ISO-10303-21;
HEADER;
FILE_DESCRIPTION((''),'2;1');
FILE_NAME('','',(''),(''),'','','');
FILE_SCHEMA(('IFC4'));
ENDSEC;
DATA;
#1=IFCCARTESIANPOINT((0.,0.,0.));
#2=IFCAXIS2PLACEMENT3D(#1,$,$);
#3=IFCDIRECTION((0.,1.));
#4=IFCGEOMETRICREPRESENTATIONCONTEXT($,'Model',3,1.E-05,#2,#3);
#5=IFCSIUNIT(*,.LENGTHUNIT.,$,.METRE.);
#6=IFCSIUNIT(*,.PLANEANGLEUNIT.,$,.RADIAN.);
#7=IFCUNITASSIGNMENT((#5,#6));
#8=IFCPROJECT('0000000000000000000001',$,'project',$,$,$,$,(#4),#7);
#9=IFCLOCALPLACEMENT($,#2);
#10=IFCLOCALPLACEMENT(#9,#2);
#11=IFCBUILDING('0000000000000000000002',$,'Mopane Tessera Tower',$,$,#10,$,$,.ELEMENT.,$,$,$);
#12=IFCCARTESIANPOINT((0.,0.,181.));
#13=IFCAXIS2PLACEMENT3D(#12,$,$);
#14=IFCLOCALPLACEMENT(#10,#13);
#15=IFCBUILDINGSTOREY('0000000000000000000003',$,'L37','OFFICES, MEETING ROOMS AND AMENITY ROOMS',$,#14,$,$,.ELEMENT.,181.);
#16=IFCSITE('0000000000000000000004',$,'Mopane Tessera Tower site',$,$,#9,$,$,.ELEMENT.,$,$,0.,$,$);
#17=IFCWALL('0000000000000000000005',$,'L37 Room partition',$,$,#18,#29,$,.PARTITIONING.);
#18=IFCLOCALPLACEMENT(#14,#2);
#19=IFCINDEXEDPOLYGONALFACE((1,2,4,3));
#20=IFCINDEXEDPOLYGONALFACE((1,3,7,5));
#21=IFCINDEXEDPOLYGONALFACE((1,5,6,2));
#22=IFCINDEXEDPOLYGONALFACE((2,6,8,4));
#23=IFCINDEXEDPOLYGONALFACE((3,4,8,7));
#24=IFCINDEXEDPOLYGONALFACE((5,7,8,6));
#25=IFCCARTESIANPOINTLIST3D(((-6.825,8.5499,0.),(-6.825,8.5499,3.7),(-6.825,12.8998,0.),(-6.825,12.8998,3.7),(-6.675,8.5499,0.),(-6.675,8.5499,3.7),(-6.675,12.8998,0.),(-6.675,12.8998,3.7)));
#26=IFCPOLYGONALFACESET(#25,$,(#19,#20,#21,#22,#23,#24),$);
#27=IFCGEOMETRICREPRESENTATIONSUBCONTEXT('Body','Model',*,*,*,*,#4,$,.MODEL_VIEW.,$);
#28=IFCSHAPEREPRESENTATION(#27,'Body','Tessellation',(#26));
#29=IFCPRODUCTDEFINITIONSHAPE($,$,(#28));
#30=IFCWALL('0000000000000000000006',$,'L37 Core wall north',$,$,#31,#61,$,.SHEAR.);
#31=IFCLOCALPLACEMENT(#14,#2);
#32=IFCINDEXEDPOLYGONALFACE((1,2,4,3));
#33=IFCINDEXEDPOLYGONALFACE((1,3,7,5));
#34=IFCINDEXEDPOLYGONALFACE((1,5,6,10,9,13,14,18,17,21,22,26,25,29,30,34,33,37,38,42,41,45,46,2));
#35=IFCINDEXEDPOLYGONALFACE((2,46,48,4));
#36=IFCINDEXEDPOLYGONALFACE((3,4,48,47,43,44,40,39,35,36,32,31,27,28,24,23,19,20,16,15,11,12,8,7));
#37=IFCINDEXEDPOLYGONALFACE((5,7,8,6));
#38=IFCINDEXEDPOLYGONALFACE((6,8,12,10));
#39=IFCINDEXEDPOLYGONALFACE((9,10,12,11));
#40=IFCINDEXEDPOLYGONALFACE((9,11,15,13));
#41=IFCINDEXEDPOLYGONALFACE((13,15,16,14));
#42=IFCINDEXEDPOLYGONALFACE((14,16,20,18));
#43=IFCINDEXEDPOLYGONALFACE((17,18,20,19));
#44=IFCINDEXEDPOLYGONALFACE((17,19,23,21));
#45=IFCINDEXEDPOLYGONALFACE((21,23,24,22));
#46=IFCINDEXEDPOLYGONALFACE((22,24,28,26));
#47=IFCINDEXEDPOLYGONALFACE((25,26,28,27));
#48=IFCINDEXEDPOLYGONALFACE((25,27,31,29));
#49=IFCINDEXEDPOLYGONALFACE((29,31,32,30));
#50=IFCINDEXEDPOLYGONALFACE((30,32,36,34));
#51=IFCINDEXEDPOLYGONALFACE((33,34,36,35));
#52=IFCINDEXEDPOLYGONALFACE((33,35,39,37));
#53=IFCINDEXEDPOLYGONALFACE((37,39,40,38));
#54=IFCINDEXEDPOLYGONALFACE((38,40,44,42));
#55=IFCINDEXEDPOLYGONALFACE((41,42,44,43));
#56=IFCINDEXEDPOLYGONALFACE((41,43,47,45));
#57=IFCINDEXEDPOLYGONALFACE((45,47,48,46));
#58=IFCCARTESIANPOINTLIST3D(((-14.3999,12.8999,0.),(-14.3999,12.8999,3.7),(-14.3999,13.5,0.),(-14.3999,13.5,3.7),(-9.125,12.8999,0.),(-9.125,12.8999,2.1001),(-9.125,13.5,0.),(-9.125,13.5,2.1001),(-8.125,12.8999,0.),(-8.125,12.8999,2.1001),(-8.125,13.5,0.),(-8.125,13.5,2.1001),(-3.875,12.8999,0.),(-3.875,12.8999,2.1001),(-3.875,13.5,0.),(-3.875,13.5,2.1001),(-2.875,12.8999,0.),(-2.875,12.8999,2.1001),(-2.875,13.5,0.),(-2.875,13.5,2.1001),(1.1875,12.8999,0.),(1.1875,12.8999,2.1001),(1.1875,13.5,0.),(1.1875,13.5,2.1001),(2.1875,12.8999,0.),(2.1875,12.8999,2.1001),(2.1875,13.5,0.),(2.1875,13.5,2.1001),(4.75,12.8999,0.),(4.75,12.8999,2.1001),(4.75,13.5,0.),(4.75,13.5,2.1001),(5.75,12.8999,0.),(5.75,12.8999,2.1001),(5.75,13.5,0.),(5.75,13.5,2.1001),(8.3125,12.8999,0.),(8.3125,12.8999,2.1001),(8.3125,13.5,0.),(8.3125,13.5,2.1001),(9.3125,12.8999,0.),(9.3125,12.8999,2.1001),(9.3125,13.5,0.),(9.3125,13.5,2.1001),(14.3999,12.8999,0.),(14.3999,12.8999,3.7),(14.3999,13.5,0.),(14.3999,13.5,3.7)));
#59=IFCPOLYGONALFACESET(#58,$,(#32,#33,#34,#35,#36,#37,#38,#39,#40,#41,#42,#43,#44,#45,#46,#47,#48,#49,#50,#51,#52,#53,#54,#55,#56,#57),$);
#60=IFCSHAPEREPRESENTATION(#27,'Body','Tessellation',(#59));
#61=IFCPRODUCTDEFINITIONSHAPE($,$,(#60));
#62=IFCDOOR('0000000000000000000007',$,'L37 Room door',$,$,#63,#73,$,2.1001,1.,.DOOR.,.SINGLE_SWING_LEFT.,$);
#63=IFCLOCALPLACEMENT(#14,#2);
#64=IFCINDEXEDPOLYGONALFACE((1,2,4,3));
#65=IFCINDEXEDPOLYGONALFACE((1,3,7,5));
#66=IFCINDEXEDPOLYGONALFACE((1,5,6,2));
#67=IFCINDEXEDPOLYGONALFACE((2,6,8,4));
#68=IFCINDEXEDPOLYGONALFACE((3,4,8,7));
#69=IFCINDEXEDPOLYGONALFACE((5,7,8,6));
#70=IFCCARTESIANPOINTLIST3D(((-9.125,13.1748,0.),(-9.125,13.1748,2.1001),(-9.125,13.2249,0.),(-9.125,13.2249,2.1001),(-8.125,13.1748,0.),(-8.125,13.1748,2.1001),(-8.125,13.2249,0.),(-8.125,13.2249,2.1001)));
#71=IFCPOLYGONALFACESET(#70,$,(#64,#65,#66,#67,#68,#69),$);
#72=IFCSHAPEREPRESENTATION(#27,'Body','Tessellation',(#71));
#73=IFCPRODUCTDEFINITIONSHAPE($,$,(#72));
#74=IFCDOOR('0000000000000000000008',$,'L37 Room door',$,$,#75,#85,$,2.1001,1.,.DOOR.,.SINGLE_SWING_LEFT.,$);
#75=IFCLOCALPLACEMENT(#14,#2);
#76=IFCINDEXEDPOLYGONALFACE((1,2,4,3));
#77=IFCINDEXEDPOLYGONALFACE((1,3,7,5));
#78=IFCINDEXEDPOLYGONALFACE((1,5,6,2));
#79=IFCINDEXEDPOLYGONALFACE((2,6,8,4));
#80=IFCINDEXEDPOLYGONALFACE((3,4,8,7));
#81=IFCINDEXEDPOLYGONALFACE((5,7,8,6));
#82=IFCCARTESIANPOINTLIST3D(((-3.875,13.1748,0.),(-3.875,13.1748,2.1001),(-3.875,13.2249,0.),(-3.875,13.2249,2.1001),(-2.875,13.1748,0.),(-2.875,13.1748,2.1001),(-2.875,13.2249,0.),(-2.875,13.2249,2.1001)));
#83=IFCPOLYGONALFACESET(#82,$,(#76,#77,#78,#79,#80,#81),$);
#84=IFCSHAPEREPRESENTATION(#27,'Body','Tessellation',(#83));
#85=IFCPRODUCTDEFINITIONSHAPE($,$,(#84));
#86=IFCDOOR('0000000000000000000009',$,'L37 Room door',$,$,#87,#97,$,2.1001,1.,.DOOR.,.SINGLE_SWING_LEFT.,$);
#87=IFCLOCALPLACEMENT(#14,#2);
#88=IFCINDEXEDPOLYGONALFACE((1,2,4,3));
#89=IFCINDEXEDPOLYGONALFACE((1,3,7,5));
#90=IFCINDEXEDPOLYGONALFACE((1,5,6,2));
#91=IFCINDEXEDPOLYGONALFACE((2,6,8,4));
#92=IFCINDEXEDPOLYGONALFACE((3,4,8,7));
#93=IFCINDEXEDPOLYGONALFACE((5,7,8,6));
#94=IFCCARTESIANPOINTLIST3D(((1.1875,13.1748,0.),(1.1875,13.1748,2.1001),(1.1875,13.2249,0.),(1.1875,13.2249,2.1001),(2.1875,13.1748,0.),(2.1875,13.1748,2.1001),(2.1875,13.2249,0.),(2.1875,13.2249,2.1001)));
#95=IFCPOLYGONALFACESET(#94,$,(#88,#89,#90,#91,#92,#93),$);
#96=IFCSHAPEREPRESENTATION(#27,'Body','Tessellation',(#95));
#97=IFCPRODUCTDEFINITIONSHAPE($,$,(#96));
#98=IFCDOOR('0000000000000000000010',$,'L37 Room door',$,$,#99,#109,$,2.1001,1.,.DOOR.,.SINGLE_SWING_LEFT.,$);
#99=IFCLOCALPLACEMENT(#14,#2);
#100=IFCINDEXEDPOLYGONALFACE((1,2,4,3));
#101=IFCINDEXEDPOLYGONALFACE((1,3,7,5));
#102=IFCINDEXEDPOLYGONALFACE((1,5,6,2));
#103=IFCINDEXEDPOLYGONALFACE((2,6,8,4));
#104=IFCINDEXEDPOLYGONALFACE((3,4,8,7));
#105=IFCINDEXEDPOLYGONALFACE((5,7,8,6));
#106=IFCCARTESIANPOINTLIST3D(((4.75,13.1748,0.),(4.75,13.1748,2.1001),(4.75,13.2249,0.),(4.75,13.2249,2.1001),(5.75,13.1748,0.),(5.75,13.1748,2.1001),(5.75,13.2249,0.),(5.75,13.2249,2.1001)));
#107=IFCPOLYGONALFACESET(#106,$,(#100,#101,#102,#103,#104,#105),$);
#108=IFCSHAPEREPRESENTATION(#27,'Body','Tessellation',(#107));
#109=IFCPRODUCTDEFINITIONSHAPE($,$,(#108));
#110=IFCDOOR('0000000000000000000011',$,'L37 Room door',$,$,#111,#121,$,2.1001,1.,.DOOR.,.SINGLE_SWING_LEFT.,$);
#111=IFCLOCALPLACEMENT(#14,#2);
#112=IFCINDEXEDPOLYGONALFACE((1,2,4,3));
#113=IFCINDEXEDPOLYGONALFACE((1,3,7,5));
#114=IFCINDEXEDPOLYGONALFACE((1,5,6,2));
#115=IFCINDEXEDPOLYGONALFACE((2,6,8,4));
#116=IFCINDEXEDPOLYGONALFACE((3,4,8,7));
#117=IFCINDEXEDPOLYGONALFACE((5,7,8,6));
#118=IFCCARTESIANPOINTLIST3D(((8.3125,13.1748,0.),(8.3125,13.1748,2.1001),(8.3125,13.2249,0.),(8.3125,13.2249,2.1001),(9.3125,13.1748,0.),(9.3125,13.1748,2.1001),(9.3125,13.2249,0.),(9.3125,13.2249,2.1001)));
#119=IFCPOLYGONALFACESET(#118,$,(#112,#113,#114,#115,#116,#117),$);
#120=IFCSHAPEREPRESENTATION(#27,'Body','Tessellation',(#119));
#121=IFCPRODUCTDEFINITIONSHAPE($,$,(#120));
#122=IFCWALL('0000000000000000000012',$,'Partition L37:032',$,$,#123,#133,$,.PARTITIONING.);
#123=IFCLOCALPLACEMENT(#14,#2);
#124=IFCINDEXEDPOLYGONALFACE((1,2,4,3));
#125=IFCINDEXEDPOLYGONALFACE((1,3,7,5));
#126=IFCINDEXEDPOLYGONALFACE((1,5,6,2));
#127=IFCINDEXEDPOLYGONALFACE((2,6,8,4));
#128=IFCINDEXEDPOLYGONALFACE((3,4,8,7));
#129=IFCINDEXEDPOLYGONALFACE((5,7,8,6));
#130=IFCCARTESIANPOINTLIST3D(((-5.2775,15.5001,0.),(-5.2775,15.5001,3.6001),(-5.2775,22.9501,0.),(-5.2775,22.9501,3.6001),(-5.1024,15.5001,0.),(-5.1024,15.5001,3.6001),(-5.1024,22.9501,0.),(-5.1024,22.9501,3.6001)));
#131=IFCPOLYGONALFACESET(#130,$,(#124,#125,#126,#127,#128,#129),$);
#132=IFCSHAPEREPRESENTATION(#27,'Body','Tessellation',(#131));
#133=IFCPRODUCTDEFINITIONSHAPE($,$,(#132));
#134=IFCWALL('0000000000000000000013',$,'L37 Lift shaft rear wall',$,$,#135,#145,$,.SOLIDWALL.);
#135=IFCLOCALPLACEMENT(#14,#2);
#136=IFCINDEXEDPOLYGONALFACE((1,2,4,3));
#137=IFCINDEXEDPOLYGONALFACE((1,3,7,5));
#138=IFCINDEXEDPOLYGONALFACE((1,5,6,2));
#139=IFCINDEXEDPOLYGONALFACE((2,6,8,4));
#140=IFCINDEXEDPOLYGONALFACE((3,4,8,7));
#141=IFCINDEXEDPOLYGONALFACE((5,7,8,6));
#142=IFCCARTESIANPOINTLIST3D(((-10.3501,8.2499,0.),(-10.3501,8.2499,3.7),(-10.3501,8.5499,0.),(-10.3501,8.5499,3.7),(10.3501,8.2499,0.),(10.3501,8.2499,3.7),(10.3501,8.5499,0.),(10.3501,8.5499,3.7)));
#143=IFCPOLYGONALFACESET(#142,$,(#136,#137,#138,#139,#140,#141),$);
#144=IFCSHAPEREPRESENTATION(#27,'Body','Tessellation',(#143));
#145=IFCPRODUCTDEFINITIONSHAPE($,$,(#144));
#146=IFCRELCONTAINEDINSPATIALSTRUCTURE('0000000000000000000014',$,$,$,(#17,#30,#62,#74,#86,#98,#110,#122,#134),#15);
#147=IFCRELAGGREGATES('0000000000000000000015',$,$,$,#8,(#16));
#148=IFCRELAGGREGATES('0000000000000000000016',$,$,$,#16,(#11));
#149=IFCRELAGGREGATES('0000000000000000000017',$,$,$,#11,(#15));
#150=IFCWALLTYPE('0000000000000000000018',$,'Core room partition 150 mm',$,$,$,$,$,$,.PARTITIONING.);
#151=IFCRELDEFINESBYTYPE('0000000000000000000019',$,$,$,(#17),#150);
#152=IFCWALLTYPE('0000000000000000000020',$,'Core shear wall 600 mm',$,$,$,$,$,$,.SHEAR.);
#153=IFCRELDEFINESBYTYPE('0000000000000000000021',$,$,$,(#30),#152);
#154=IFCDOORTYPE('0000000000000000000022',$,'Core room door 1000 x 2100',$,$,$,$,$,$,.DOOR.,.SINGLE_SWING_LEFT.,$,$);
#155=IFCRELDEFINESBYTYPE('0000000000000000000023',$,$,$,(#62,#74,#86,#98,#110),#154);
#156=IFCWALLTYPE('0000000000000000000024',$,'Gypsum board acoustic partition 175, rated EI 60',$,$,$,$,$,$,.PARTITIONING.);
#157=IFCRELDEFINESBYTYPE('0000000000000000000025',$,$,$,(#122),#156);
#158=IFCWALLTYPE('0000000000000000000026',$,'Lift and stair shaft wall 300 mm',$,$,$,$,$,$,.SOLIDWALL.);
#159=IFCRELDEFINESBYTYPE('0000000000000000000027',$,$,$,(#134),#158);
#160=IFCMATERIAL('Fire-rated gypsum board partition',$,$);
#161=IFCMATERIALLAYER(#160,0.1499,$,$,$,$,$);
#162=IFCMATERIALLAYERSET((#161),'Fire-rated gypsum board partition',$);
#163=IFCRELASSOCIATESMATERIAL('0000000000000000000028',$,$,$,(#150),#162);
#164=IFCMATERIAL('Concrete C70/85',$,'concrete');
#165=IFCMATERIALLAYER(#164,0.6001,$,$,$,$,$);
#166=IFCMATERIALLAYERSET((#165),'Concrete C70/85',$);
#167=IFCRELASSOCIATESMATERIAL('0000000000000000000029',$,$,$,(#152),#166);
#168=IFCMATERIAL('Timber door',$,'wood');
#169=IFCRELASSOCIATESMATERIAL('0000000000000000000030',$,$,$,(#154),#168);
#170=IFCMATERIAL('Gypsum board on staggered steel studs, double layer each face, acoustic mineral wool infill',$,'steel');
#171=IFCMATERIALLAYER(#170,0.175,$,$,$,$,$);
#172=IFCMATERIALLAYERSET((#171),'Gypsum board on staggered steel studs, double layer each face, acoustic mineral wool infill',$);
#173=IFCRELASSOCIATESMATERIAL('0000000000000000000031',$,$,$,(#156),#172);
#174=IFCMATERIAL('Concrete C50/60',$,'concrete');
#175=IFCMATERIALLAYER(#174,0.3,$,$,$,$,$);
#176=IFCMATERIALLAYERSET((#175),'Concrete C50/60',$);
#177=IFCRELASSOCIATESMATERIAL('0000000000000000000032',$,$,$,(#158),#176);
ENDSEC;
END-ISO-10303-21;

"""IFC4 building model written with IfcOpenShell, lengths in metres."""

from ifc_helpers import new_model, si_unit, direction, frame, frame_2d, origin, place, context, subcontext, project, spatial, rectangle, extrude, material, layer, layer_set, type_object, element, fill, save


model = new_model("IFC4")

# Units and contexts
model_context = context("Model", 3, precision=1e-05, world=origin(), true_north=direction((0.0, 1.0)))
body_context = subcontext(model_context, "Body", "Model", "MODEL_VIEW")
ifc_project = project(units=[si_unit("LENGTHUNIT", "METRE"), si_unit("PLANEANGLEUNIT", "RADIAN")], contexts=[model_context])

# Site, building, storey
site_placement = place(None, origin())
site = spatial("IfcSite", under=ifc_project, at=site_placement, Name="Mopane Tessera Tower site", CompositionType="ELEMENT", RefElevation=0.0)
building_placement = place(site_placement, origin())
building = spatial("IfcBuilding", under=site, at=building_placement, Name="Mopane Tessera Tower", CompositionType="ELEMENT")
storey_placement = place(building_placement, frame((0.0, 0.0, 181.0)))
storey = spatial("IfcBuildingStorey", under=building, at=storey_placement, Name="L37", Description="OFFICES, MEETING ROOMS AND AMENITY ROOMS", CompositionType="ELEMENT", Elevation=181.0)

# Wall
ifc_material_1 = material(Name="Fire-rated gypsum board partition")
ifc_layer_1 = layer(ifc_material_1, 0.1499)
ifc_layer_set_1 = layer_set([ifc_layer_1], Name="Fire-rated gypsum board partition")
wall_type_1 = type_object("IfcWallType", Name="Core room partition 150 mm", PredefinedType="PARTITIONING", material=ifc_layer_set_1)
wall_1_placement = place(storey_placement, frame((-6.75, 8.55, 0.0), z_axis=(0.0, 0.0, 1.0), x_axis=(0.0, 1.0, 0.0)))
element("IfcWall", 1, at=wall_1_placement, inside=storey, type_object=wall_type_1, Name="L37 Room partition", PredefinedType="PARTITIONING", context=body_context, shape_type="SweptSolid", body=[
    extrude(rectangle(XDim=4.3499, YDim=0.1499, at=frame_2d((2.1748, 0.0))), origin(), (0.0, 0.0, 1.0), 3.7),
])

# Wall, openings, doors
ifc_material_2 = material(Name="Concrete C70/85", Category="concrete")
ifc_layer_2 = layer(ifc_material_2, 0.6001)
ifc_layer_set_2 = layer_set([ifc_layer_2], Name="Concrete C70/85")
wall_type_2 = type_object("IfcWallType", Name="Core shear wall 600 mm", PredefinedType="SHEAR", material=ifc_layer_set_2)
wall_2_placement = place(storey_placement, frame((-14.3999, 13.2, 0.0), z_axis=(0.0, 0.0, 1.0), x_axis=(1.0, 0.0, 0.0)))
wall_2 = element("IfcWall", 2, at=wall_2_placement, inside=storey, type_object=wall_type_2, Name="L37 Core wall north", PredefinedType="SHEAR", context=body_context, shape_type="SweptSolid", body=[
    extrude(rectangle(XDim=28.7998, YDim=0.6001, at=frame_2d((14.3999, 0.0))), origin(), (0.0, 0.0, 1.0), 3.7),
])
opening_1_placement = place(wall_2_placement, frame((5.2749, 0.0, 0.0)))
opening_1 = element("IfcOpeningElement", 3, at=opening_1_placement, cuts=wall_2, PredefinedType="OPENING", context=body_context, shape_type="SweptSolid", body=[
    extrude(rectangle(XDim=1.0, YDim=2.1001, at=frame_2d((0.5, 1.05))), frame((0.0, 0.312, 0.0), z_axis=(0.0, -1.0, 0.0), x_axis=(1.0, 0.0, 0.0)), (0.0, 0.0, 1.0), 0.624),
])
opening_2_placement = place(wall_2_placement, frame((10.5249, 0.0, 0.0)))
opening_2 = element("IfcOpeningElement", 4, at=opening_2_placement, cuts=wall_2, PredefinedType="OPENING", context=body_context, shape_type="SweptSolid", body=[
    extrude(rectangle(XDim=1.0, YDim=2.1001, at=frame_2d((0.5, 1.05))), frame((0.0, 0.312, 0.0), z_axis=(0.0, -1.0, 0.0), x_axis=(1.0, 0.0, 0.0)), (0.0, 0.0, 1.0), 0.624),
])
opening_3_placement = place(wall_2_placement, frame((15.5874, 0.0, 0.0)))
opening_3 = element("IfcOpeningElement", 5, at=opening_3_placement, cuts=wall_2, PredefinedType="OPENING", context=body_context, shape_type="SweptSolid", body=[
    extrude(rectangle(XDim=1.0, YDim=2.1001, at=frame_2d((0.5, 1.05))), frame((0.0, 0.312, 0.0), z_axis=(0.0, -1.0, 0.0), x_axis=(1.0, 0.0, 0.0)), (0.0, 0.0, 1.0), 0.624),
])
opening_4_placement = place(wall_2_placement, frame((19.1499, 0.0, 0.0)))
opening_4 = element("IfcOpeningElement", 6, at=opening_4_placement, cuts=wall_2, PredefinedType="OPENING", context=body_context, shape_type="SweptSolid", body=[
    extrude(rectangle(XDim=1.0, YDim=2.1001, at=frame_2d((0.5, 1.05))), frame((0.0, 0.312, 0.0), z_axis=(0.0, -1.0, 0.0), x_axis=(1.0, 0.0, 0.0)), (0.0, 0.0, 1.0), 0.624),
])
opening_5_placement = place(wall_2_placement, frame((22.7124, 0.0, 0.0)))
opening_5 = element("IfcOpeningElement", 7, at=opening_5_placement, cuts=wall_2, PredefinedType="OPENING", context=body_context, shape_type="SweptSolid", body=[
    extrude(rectangle(XDim=1.0, YDim=2.1001, at=frame_2d((0.5, 1.05))), frame((0.0, 0.312, 0.0), z_axis=(0.0, -1.0, 0.0), x_axis=(1.0, 0.0, 0.0)), (0.0, 0.0, 1.0), 0.624),
])
ifc_material_3 = material(Name="Timber door", Category="wood")
door_type = type_object("IfcDoorType", Name="Core room door 1000 x 2100", OperationType="SINGLE_SWING_LEFT", PredefinedType="DOOR", material=ifc_material_3)
door_1_placement = place(opening_1_placement, origin())
door_1 = element("IfcDoor", 8, at=door_1_placement, inside=storey, type_object=door_type, Name="L37 Room door", OperationType="SINGLE_SWING_LEFT", OverallHeight=2.1001, OverallWidth=1.0, PredefinedType="DOOR", context=body_context, shape_type="SweptSolid", body=[
    extrude(rectangle(XDim=1.0, YDim=2.1001, at=frame_2d((0.5, 1.05))), frame((0.0, 0.0249, 0.0), z_axis=(0.0, -1.0, 0.0), x_axis=(1.0, 0.0, 0.0)), (0.0, 0.0, 1.0), 0.05),
])
fill(opening_1, door_1)
door_2_placement = place(opening_2_placement, origin())
door_2 = element("IfcDoor", 9, at=door_2_placement, inside=storey, type_object=door_type, Name="L37 Room door", OperationType="SINGLE_SWING_LEFT", OverallHeight=2.1001, OverallWidth=1.0, PredefinedType="DOOR", context=body_context, shape_type="SweptSolid", body=[
    extrude(rectangle(XDim=1.0, YDim=2.1001, at=frame_2d((0.5, 1.05))), frame((0.0, 0.0249, 0.0), z_axis=(0.0, -1.0, 0.0), x_axis=(1.0, 0.0, 0.0)), (0.0, 0.0, 1.0), 0.05),
])
fill(opening_2, door_2)
door_3_placement = place(opening_3_placement, origin())
door_3 = element("IfcDoor", 10, at=door_3_placement, inside=storey, type_object=door_type, Name="L37 Room door", OperationType="SINGLE_SWING_LEFT", OverallHeight=2.1001, OverallWidth=1.0, PredefinedType="DOOR", context=body_context, shape_type="SweptSolid", body=[
    extrude(rectangle(XDim=1.0, YDim=2.1001, at=frame_2d((0.5, 1.05))), frame((0.0, 0.0249, 0.0), z_axis=(0.0, -1.0, 0.0), x_axis=(1.0, 0.0, 0.0)), (0.0, 0.0, 1.0), 0.05),
])
fill(opening_3, door_3)
door_4_placement = place(opening_4_placement, origin())
door_4 = element("IfcDoor", 11, at=door_4_placement, inside=storey, type_object=door_type, Name="L37 Room door", OperationType="SINGLE_SWING_LEFT", OverallHeight=2.1001, OverallWidth=1.0, PredefinedType="DOOR", context=body_context, shape_type="SweptSolid", body=[
    extrude(rectangle(XDim=1.0, YDim=2.1001, at=frame_2d((0.5, 1.05))), frame((0.0, 0.0249, 0.0), z_axis=(0.0, -1.0, 0.0), x_axis=(1.0, 0.0, 0.0)), (0.0, 0.0, 1.0), 0.05),
])
fill(opening_4, door_4)
door_5_placement = place(opening_5_placement, origin())
door_5 = element("IfcDoor", 12, at=door_5_placement, inside=storey, type_object=door_type, Name="L37 Room door", OperationType="SINGLE_SWING_LEFT", OverallHeight=2.1001, OverallWidth=1.0, PredefinedType="DOOR", context=body_context, shape_type="SweptSolid", body=[
    extrude(rectangle(XDim=1.0, YDim=2.1001, at=frame_2d((0.5, 1.05))), frame((0.0, 0.0249, 0.0), z_axis=(0.0, -1.0, 0.0), x_axis=(1.0, 0.0, 0.0)), (0.0, 0.0, 1.0), 0.05),
])
fill(opening_5, door_5)

# Walls
ifc_material_4 = material(Name="Gypsum board on staggered steel studs, double layer each face, acoustic mineral wool infill", Category="steel")
ifc_layer_3 = layer(ifc_material_4, 0.175)
ifc_layer_set_3 = layer_set([ifc_layer_3], Name="Gypsum board on staggered steel studs, double layer each face, acoustic mineral wool infill")
wall_type_3 = type_object("IfcWallType", Name="Gypsum board acoustic partition 175, rated EI 60", PredefinedType="PARTITIONING", material=ifc_layer_set_3)
wall_3_placement = place(storey_placement, frame((-5.1899, 15.5, 0.0), z_axis=(0.0, 0.0, 1.0), x_axis=(0.0, 1.0, 0.0)))
element("IfcWall", 13, at=wall_3_placement, inside=storey, type_object=wall_type_3, Name="Partition L37:032", PredefinedType="PARTITIONING", context=body_context, shape_type="SweptSolid", body=[
    extrude(rectangle(XDim=7.45, YDim=0.175, at=frame_2d((3.7251, 0.0))), origin(), (0.0, 0.0, 1.0), 3.6001),
])
ifc_material_5 = material(Name="Concrete C50/60", Category="concrete")
ifc_layer_4 = layer(ifc_material_5, 0.3)
ifc_layer_set_4 = layer_set([ifc_layer_4], Name="Concrete C50/60")
wall_type_4 = type_object("IfcWallType", Name="Lift and stair shaft wall 300 mm", PredefinedType="SOLIDWALL", material=ifc_layer_set_4)
wall_4_placement = place(storey_placement, frame((-10.3501, 8.3999, 0.0), z_axis=(0.0, 0.0, 1.0), x_axis=(1.0, 0.0, 0.0)))
element("IfcWall", 14, at=wall_4_placement, inside=storey, type_object=wall_type_4, Name="L37 Lift shaft rear wall", PredefinedType="SOLIDWALL", context=body_context, shape_type="SweptSolid", body=[
    extrude(rectangle(XDim=20.7002, YDim=0.3, at=frame_2d((10.3501, 0.0))), origin(), (0.0, 0.0, 1.0), 3.7),
])

save(model, "model.ifc")
